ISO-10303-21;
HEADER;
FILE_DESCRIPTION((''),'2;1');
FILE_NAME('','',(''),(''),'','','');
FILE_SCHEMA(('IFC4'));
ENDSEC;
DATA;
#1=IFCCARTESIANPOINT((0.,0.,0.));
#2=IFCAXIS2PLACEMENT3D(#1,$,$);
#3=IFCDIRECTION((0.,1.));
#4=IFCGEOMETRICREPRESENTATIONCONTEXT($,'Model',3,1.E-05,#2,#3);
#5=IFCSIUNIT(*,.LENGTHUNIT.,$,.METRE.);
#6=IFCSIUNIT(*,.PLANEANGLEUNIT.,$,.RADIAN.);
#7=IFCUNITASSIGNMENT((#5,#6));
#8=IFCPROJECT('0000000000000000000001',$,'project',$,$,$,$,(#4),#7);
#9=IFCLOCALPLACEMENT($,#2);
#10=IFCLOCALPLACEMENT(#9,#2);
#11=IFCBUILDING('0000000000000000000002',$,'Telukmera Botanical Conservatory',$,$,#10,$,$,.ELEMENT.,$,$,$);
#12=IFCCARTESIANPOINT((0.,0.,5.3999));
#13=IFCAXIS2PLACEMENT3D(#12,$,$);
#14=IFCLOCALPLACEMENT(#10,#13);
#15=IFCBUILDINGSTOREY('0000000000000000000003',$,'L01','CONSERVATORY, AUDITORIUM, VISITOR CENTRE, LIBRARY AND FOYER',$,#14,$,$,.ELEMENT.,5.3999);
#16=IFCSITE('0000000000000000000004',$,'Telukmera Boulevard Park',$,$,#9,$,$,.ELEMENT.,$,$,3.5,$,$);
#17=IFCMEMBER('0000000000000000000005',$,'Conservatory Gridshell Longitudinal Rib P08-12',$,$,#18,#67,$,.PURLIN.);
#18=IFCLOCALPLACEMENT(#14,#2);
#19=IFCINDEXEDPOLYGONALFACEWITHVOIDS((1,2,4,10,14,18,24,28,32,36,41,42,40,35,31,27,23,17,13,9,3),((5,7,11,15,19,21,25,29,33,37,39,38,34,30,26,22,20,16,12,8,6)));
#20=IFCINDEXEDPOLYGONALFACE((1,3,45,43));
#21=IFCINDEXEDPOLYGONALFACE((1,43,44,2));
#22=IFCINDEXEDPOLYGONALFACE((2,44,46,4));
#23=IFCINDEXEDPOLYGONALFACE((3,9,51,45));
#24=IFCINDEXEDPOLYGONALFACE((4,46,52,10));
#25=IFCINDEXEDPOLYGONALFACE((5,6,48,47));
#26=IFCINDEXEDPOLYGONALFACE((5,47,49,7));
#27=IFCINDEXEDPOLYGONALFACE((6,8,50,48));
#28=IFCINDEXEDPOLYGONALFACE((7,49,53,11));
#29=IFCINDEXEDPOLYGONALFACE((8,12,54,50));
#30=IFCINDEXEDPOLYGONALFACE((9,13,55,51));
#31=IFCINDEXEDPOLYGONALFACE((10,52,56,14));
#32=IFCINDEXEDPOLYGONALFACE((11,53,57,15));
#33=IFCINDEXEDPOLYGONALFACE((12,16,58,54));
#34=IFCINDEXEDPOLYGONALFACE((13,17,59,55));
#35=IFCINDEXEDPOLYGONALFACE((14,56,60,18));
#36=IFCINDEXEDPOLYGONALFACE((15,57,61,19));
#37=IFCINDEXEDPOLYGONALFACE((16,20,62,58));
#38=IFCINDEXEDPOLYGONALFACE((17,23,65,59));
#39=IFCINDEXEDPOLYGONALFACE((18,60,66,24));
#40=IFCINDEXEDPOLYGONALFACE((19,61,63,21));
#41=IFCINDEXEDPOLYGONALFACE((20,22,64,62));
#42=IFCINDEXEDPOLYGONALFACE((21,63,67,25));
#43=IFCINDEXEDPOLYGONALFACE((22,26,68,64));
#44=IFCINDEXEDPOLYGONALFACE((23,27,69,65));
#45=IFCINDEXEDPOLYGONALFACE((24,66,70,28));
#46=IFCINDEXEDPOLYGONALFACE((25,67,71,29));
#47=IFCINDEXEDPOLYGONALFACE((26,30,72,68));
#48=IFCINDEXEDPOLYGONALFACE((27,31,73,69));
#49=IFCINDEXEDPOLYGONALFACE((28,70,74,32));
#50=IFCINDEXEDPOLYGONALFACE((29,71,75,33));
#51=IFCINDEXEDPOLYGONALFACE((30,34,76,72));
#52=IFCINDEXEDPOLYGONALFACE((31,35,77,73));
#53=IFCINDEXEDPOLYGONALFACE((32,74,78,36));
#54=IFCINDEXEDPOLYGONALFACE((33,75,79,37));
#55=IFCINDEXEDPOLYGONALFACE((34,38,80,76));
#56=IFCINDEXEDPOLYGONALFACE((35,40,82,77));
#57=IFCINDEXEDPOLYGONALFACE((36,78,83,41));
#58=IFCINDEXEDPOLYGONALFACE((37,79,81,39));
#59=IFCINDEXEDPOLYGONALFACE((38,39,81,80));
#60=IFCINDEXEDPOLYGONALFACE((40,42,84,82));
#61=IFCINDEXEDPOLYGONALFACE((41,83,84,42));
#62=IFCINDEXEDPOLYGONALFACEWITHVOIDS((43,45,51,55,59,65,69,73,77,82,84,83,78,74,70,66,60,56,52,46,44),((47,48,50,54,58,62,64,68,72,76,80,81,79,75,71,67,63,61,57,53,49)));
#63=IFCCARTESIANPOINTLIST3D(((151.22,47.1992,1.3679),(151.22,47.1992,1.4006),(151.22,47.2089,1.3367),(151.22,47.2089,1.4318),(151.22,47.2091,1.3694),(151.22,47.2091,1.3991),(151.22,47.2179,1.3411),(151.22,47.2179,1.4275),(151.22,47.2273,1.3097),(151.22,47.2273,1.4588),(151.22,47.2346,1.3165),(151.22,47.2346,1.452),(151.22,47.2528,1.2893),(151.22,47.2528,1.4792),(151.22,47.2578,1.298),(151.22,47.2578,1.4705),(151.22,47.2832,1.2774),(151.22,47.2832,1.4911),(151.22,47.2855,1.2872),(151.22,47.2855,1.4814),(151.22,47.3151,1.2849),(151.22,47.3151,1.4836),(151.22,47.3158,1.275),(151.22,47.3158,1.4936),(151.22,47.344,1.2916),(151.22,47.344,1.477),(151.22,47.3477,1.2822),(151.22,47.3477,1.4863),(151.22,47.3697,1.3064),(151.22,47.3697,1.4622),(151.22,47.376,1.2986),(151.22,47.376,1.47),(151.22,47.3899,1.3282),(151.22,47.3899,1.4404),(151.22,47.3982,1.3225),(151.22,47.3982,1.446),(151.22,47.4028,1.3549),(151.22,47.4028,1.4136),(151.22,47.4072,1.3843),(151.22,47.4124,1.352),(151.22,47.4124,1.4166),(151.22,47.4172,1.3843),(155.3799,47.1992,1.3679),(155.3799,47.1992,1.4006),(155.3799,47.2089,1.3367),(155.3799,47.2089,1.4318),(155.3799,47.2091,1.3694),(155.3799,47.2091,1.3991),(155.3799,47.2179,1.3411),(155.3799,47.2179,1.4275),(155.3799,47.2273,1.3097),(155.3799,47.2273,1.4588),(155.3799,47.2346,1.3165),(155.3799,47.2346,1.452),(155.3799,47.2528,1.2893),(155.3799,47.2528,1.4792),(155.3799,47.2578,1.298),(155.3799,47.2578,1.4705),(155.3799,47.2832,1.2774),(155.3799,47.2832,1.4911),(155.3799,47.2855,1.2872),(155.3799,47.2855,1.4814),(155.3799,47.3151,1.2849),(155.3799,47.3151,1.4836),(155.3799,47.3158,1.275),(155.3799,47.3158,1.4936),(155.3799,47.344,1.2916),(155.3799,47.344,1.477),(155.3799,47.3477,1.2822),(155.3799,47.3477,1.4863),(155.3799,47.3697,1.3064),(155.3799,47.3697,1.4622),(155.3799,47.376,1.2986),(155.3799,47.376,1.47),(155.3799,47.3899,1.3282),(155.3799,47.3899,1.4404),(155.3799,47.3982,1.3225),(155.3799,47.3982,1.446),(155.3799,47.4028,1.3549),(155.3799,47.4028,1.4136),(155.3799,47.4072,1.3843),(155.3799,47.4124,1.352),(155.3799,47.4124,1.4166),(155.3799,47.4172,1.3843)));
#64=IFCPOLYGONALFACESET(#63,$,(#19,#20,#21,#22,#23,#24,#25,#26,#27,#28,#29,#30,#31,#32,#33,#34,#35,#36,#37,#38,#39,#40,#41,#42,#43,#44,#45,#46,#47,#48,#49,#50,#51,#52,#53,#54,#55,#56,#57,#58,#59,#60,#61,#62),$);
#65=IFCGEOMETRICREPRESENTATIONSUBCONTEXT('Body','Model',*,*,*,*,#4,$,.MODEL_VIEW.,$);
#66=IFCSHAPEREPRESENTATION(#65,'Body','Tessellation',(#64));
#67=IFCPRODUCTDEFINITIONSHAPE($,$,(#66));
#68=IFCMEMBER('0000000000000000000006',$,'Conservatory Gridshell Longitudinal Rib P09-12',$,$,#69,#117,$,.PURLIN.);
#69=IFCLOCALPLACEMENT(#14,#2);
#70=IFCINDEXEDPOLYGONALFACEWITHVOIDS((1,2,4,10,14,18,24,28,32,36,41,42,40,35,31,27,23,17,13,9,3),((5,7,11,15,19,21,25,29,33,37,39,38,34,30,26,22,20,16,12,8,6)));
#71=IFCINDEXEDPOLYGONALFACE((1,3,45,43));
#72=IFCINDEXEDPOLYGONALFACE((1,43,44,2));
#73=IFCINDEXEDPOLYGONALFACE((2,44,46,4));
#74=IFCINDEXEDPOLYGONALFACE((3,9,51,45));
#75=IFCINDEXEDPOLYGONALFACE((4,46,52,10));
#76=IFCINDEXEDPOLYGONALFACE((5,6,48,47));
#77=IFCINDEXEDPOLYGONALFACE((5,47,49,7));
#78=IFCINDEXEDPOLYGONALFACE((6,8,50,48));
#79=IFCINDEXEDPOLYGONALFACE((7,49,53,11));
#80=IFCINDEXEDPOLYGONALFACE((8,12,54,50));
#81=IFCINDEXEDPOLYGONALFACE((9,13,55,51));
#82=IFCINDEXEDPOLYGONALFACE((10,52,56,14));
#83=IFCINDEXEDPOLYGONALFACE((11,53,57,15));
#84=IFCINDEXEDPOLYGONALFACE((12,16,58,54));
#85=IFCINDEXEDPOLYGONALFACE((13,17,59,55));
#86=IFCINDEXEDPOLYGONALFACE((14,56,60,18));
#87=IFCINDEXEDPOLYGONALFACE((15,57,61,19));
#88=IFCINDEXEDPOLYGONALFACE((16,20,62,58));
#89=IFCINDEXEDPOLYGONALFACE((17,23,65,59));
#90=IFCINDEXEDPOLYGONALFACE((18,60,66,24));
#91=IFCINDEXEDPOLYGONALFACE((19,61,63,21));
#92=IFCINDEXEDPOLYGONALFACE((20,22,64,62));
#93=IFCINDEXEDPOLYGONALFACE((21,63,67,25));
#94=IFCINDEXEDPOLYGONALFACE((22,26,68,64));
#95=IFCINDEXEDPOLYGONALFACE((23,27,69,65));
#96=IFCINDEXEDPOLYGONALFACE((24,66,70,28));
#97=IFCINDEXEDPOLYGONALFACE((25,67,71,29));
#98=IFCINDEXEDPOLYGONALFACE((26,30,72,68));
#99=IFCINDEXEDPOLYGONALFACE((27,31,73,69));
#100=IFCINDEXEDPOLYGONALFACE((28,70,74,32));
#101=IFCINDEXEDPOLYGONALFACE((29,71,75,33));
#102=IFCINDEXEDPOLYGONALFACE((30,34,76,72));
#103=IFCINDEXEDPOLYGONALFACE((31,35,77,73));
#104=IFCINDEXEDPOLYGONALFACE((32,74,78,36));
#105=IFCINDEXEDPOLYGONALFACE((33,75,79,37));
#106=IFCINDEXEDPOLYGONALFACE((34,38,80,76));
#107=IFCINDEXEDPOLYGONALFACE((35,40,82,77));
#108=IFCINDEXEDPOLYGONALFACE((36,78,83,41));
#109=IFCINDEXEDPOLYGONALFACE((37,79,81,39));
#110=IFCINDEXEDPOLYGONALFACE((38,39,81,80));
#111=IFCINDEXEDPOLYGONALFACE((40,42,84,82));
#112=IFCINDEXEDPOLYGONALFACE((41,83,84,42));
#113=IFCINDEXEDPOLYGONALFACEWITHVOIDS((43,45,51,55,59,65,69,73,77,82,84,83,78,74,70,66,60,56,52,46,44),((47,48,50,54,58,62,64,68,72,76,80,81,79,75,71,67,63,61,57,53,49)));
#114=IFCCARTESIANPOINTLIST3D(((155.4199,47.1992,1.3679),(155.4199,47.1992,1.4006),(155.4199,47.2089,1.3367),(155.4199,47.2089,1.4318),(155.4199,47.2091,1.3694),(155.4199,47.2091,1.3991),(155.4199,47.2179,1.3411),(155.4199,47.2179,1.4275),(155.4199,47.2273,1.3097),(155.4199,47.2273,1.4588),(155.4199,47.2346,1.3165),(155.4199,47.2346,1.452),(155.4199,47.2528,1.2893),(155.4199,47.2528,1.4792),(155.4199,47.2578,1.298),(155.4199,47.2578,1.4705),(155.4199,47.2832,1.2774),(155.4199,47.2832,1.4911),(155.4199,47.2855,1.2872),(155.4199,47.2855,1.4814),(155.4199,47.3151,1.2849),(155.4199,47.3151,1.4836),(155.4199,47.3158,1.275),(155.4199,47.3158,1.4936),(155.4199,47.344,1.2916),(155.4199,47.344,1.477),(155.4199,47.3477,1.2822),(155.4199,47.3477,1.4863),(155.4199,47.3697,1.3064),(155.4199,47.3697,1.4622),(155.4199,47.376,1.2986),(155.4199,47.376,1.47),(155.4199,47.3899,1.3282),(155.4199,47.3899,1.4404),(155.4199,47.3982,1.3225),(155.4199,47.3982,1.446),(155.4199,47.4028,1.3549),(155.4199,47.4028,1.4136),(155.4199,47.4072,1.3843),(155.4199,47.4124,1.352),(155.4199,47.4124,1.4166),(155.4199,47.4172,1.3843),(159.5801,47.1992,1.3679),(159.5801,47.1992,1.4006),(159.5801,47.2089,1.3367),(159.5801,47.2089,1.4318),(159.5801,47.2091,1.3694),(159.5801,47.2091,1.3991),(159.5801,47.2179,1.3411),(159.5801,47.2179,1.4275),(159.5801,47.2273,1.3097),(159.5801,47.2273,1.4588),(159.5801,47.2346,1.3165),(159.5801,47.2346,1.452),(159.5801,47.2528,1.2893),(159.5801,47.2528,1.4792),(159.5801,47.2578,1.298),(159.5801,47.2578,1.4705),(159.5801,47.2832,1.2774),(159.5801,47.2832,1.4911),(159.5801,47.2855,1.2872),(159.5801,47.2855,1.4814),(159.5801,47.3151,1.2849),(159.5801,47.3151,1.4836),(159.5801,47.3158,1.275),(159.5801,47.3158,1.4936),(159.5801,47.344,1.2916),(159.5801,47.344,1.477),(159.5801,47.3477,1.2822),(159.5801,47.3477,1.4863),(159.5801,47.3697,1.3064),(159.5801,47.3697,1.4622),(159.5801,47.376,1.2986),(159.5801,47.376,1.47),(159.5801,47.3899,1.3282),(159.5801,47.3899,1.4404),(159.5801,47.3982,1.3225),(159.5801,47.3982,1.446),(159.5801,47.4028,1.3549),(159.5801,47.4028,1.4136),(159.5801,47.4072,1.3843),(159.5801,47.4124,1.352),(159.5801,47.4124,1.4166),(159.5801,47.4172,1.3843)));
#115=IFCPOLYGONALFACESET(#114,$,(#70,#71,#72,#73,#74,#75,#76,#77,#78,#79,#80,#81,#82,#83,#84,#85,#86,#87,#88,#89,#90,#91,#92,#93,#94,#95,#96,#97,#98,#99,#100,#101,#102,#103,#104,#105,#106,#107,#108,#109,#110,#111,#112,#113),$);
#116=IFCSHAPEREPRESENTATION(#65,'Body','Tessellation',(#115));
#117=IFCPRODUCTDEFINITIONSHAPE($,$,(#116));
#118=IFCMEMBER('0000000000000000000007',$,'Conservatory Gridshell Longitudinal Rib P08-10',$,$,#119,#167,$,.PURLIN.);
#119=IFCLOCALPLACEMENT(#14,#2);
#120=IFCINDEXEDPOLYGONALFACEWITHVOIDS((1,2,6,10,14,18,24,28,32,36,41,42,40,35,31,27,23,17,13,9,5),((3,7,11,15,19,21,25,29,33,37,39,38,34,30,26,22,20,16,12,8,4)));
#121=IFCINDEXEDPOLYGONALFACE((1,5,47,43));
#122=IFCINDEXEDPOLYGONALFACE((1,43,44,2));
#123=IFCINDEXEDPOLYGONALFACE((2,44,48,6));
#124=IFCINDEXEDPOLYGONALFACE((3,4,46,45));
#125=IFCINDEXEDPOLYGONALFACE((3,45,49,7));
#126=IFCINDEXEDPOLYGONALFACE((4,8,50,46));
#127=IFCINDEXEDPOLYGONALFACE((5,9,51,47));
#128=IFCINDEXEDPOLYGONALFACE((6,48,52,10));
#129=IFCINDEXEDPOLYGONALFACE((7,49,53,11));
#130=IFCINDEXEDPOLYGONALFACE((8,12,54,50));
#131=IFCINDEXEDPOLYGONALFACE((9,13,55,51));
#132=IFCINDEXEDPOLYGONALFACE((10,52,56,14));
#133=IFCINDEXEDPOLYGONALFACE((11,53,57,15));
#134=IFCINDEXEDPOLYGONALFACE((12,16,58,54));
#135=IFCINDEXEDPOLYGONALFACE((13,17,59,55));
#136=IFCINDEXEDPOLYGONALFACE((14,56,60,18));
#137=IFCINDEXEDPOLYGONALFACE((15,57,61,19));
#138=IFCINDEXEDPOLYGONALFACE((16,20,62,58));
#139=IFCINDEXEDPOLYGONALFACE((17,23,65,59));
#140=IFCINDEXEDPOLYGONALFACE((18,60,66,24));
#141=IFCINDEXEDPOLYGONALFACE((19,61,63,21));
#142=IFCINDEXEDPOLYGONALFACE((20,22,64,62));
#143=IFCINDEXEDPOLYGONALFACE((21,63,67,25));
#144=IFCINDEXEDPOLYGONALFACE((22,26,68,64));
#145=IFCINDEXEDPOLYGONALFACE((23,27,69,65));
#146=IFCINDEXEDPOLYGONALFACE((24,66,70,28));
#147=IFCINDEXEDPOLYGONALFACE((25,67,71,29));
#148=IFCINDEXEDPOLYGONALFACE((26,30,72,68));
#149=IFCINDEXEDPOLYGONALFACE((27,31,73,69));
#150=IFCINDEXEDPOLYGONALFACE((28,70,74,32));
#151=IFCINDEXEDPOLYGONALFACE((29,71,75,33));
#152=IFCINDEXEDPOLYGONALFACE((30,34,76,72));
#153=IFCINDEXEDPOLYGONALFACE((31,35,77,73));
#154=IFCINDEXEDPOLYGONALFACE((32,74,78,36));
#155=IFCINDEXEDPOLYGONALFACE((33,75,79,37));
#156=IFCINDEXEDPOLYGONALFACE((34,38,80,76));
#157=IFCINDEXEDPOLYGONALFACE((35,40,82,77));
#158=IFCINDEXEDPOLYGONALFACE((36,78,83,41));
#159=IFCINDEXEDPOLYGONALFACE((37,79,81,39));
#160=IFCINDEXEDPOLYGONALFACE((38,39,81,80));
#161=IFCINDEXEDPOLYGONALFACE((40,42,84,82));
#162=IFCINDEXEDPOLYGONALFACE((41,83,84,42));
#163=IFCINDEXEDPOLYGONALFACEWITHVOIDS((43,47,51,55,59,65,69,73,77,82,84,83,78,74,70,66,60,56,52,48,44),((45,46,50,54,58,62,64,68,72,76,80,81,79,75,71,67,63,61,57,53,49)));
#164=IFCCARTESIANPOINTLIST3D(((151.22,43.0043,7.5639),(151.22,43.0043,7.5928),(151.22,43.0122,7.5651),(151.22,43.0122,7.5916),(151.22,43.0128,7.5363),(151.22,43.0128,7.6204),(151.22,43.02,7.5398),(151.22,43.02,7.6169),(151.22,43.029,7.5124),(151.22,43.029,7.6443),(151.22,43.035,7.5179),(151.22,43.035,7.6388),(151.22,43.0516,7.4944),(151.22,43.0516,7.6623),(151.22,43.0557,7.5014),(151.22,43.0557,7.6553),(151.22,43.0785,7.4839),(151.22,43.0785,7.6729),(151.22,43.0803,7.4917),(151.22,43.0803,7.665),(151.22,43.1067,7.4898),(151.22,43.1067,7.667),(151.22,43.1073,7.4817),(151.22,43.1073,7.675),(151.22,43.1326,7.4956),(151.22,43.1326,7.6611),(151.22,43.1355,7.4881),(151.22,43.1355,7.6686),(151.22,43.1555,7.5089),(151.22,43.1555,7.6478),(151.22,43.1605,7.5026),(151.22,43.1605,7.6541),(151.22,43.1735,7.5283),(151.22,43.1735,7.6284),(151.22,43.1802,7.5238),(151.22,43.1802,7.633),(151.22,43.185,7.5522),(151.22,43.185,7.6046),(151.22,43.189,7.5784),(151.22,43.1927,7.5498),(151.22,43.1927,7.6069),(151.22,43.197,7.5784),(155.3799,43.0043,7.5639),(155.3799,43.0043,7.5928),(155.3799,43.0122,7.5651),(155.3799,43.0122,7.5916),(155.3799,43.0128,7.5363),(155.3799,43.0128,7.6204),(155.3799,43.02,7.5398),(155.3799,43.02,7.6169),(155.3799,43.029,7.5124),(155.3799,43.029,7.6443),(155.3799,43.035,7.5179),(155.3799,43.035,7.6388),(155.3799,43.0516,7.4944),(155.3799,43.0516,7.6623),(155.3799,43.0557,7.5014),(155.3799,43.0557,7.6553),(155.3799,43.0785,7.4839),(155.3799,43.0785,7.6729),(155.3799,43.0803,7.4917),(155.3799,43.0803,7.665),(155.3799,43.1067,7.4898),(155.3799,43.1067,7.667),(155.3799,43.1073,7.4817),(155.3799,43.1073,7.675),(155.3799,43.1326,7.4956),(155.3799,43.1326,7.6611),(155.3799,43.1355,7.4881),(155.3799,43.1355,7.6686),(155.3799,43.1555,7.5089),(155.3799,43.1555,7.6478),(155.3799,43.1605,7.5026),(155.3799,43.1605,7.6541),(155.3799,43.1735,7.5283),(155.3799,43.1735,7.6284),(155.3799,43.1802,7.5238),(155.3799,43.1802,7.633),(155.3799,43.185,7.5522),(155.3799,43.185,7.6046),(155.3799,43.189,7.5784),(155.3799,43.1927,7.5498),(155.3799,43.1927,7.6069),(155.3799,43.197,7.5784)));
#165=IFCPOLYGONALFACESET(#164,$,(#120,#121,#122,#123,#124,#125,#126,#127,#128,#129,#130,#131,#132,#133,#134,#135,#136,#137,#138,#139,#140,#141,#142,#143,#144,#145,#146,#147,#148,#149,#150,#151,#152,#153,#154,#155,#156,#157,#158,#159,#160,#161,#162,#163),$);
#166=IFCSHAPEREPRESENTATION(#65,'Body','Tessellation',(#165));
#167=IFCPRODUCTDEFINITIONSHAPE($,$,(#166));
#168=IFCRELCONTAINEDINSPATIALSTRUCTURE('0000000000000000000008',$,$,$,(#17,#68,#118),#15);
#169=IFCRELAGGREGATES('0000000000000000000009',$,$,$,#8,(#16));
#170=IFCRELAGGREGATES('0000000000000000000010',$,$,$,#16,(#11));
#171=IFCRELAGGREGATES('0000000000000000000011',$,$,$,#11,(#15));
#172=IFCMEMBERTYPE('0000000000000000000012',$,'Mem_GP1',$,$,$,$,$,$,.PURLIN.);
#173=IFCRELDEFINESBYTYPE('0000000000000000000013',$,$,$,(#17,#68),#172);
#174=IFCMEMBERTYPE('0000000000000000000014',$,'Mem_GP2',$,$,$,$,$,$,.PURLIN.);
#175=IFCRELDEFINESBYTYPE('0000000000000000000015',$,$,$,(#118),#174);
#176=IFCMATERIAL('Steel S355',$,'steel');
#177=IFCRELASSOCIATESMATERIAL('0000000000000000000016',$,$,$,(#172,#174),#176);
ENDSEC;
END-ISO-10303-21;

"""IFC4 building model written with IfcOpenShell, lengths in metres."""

from ifc_helpers import new_model, si_unit, direction, frame, origin, origin_2d, place, context, subcontext, project, spatial, hollow_circle, extrude, material, material_profile, profile_set, type_object, element, save


model = new_model("IFC4")

# Units and contexts
model_context = context("Model", 3, precision=1e-05, world=origin(), true_north=direction((0.0, 1.0)))
body_context = subcontext(model_context, "Body", "Model", "MODEL_VIEW")
ifc_project = project(units=[si_unit("LENGTHUNIT", "METRE"), si_unit("PLANEANGLEUNIT", "RADIAN")], contexts=[model_context])

# Site, building, storey
site_placement = place(None, origin())
site = spatial("IfcSite", under=ifc_project, at=site_placement, Name="Telukmera Boulevard Park", CompositionType="ELEMENT", RefElevation=3.5)
building_placement = place(site_placement, origin())
building = spatial("IfcBuilding", under=site, at=building_placement, Name="Telukmera Botanical Conservatory", CompositionType="ELEMENT")
storey_placement = place(building_placement, frame((0.0, 0.0, 5.3999)))
storey = spatial("IfcBuildingStorey", under=building, at=storey_placement, Name="L01", Description="CONSERVATORY, AUDITORIUM, VISITOR CENTRE, LIBRARY AND FOYER", CompositionType="ELEMENT", Elevation=5.3999)

# Shared definitions
ifc_material_1 = material(Name="Steel S355", Category="steel")

# Members
ifc_material_profile_1 = material_profile(ifc_material_1, hollow_circle(Radius=0.1096, WallThickness=0.01, at=origin_2d()), Name="CHS 219.1x10.0")
ifc_profile_set_1 = profile_set([ifc_material_profile_1], Name="Steel S355")
member_type_1 = type_object("IfcMemberType", Name="Mem_GP1", PredefinedType="PURLIN", material=ifc_profile_set_1)
member_1_placement = place(storey_placement, frame((151.22, 47.3076, 1.3843), z_axis=(1.0, 0.0, 0.0), x_axis=(0.0, 1.0, 0.0)))
element("IfcMember", 1, at=member_1_placement, inside=storey, type_object=member_type_1, Name="Conservatory Gridshell Longitudinal Rib P08-12", PredefinedType="PURLIN", context=body_context, shape_type="SweptSolid", body=[
    extrude(hollow_circle(Radius=0.1096, WallThickness=0.01, at=origin_2d()), origin(), (0.0, 0.0, 1.0), 4.1599),
])
member_2_placement = place(storey_placement, frame((155.4199, 47.3076, 1.3843), z_axis=(1.0, 0.0, 0.0), x_axis=(0.0, 1.0, 0.0)))
element("IfcMember", 2, at=member_2_placement, inside=storey, type_object=member_type_1, Name="Conservatory Gridshell Longitudinal Rib P09-12", PredefinedType="PURLIN", context=body_context, shape_type="SweptSolid", body=[
    extrude(hollow_circle(Radius=0.1096, WallThickness=0.01, at=origin_2d()), origin(), (0.0, 0.0, 1.0), 4.1602),
])
ifc_material_profile_2 = material_profile(ifc_material_1, hollow_circle(Radius=0.0969, WallThickness=0.0081, at=origin_2d()), Name="CHS 193.7x8.0")
ifc_profile_set_2 = profile_set([ifc_material_profile_2], Name="Steel S355")
member_type_2 = type_object("IfcMemberType", Name="Mem_GP2", PredefinedType="PURLIN", material=ifc_profile_set_2)
for number, where, z_axis, x_axis, name in (
    (3, (151.22, 43.1001, 7.5784), (1.0, 0.0, 0.0), (0.0, 1.0, 0.0), "Conservatory Gridshell Longitudinal Rib P08-10"),
):
    element("IfcMember", number, at=place(storey_placement, frame(where, z_axis=z_axis, x_axis=x_axis)), inside=storey, type_object=member_type_2, Name=name, PredefinedType="PURLIN", context=body_context, shape_type="SweptSolid", body=[
        extrude(hollow_circle(Radius=0.0969, WallThickness=0.0081, at=origin_2d()), origin(), (0.0, 0.0, 1.0), 4.1599),
    ])

save(model, "model.ifc")
